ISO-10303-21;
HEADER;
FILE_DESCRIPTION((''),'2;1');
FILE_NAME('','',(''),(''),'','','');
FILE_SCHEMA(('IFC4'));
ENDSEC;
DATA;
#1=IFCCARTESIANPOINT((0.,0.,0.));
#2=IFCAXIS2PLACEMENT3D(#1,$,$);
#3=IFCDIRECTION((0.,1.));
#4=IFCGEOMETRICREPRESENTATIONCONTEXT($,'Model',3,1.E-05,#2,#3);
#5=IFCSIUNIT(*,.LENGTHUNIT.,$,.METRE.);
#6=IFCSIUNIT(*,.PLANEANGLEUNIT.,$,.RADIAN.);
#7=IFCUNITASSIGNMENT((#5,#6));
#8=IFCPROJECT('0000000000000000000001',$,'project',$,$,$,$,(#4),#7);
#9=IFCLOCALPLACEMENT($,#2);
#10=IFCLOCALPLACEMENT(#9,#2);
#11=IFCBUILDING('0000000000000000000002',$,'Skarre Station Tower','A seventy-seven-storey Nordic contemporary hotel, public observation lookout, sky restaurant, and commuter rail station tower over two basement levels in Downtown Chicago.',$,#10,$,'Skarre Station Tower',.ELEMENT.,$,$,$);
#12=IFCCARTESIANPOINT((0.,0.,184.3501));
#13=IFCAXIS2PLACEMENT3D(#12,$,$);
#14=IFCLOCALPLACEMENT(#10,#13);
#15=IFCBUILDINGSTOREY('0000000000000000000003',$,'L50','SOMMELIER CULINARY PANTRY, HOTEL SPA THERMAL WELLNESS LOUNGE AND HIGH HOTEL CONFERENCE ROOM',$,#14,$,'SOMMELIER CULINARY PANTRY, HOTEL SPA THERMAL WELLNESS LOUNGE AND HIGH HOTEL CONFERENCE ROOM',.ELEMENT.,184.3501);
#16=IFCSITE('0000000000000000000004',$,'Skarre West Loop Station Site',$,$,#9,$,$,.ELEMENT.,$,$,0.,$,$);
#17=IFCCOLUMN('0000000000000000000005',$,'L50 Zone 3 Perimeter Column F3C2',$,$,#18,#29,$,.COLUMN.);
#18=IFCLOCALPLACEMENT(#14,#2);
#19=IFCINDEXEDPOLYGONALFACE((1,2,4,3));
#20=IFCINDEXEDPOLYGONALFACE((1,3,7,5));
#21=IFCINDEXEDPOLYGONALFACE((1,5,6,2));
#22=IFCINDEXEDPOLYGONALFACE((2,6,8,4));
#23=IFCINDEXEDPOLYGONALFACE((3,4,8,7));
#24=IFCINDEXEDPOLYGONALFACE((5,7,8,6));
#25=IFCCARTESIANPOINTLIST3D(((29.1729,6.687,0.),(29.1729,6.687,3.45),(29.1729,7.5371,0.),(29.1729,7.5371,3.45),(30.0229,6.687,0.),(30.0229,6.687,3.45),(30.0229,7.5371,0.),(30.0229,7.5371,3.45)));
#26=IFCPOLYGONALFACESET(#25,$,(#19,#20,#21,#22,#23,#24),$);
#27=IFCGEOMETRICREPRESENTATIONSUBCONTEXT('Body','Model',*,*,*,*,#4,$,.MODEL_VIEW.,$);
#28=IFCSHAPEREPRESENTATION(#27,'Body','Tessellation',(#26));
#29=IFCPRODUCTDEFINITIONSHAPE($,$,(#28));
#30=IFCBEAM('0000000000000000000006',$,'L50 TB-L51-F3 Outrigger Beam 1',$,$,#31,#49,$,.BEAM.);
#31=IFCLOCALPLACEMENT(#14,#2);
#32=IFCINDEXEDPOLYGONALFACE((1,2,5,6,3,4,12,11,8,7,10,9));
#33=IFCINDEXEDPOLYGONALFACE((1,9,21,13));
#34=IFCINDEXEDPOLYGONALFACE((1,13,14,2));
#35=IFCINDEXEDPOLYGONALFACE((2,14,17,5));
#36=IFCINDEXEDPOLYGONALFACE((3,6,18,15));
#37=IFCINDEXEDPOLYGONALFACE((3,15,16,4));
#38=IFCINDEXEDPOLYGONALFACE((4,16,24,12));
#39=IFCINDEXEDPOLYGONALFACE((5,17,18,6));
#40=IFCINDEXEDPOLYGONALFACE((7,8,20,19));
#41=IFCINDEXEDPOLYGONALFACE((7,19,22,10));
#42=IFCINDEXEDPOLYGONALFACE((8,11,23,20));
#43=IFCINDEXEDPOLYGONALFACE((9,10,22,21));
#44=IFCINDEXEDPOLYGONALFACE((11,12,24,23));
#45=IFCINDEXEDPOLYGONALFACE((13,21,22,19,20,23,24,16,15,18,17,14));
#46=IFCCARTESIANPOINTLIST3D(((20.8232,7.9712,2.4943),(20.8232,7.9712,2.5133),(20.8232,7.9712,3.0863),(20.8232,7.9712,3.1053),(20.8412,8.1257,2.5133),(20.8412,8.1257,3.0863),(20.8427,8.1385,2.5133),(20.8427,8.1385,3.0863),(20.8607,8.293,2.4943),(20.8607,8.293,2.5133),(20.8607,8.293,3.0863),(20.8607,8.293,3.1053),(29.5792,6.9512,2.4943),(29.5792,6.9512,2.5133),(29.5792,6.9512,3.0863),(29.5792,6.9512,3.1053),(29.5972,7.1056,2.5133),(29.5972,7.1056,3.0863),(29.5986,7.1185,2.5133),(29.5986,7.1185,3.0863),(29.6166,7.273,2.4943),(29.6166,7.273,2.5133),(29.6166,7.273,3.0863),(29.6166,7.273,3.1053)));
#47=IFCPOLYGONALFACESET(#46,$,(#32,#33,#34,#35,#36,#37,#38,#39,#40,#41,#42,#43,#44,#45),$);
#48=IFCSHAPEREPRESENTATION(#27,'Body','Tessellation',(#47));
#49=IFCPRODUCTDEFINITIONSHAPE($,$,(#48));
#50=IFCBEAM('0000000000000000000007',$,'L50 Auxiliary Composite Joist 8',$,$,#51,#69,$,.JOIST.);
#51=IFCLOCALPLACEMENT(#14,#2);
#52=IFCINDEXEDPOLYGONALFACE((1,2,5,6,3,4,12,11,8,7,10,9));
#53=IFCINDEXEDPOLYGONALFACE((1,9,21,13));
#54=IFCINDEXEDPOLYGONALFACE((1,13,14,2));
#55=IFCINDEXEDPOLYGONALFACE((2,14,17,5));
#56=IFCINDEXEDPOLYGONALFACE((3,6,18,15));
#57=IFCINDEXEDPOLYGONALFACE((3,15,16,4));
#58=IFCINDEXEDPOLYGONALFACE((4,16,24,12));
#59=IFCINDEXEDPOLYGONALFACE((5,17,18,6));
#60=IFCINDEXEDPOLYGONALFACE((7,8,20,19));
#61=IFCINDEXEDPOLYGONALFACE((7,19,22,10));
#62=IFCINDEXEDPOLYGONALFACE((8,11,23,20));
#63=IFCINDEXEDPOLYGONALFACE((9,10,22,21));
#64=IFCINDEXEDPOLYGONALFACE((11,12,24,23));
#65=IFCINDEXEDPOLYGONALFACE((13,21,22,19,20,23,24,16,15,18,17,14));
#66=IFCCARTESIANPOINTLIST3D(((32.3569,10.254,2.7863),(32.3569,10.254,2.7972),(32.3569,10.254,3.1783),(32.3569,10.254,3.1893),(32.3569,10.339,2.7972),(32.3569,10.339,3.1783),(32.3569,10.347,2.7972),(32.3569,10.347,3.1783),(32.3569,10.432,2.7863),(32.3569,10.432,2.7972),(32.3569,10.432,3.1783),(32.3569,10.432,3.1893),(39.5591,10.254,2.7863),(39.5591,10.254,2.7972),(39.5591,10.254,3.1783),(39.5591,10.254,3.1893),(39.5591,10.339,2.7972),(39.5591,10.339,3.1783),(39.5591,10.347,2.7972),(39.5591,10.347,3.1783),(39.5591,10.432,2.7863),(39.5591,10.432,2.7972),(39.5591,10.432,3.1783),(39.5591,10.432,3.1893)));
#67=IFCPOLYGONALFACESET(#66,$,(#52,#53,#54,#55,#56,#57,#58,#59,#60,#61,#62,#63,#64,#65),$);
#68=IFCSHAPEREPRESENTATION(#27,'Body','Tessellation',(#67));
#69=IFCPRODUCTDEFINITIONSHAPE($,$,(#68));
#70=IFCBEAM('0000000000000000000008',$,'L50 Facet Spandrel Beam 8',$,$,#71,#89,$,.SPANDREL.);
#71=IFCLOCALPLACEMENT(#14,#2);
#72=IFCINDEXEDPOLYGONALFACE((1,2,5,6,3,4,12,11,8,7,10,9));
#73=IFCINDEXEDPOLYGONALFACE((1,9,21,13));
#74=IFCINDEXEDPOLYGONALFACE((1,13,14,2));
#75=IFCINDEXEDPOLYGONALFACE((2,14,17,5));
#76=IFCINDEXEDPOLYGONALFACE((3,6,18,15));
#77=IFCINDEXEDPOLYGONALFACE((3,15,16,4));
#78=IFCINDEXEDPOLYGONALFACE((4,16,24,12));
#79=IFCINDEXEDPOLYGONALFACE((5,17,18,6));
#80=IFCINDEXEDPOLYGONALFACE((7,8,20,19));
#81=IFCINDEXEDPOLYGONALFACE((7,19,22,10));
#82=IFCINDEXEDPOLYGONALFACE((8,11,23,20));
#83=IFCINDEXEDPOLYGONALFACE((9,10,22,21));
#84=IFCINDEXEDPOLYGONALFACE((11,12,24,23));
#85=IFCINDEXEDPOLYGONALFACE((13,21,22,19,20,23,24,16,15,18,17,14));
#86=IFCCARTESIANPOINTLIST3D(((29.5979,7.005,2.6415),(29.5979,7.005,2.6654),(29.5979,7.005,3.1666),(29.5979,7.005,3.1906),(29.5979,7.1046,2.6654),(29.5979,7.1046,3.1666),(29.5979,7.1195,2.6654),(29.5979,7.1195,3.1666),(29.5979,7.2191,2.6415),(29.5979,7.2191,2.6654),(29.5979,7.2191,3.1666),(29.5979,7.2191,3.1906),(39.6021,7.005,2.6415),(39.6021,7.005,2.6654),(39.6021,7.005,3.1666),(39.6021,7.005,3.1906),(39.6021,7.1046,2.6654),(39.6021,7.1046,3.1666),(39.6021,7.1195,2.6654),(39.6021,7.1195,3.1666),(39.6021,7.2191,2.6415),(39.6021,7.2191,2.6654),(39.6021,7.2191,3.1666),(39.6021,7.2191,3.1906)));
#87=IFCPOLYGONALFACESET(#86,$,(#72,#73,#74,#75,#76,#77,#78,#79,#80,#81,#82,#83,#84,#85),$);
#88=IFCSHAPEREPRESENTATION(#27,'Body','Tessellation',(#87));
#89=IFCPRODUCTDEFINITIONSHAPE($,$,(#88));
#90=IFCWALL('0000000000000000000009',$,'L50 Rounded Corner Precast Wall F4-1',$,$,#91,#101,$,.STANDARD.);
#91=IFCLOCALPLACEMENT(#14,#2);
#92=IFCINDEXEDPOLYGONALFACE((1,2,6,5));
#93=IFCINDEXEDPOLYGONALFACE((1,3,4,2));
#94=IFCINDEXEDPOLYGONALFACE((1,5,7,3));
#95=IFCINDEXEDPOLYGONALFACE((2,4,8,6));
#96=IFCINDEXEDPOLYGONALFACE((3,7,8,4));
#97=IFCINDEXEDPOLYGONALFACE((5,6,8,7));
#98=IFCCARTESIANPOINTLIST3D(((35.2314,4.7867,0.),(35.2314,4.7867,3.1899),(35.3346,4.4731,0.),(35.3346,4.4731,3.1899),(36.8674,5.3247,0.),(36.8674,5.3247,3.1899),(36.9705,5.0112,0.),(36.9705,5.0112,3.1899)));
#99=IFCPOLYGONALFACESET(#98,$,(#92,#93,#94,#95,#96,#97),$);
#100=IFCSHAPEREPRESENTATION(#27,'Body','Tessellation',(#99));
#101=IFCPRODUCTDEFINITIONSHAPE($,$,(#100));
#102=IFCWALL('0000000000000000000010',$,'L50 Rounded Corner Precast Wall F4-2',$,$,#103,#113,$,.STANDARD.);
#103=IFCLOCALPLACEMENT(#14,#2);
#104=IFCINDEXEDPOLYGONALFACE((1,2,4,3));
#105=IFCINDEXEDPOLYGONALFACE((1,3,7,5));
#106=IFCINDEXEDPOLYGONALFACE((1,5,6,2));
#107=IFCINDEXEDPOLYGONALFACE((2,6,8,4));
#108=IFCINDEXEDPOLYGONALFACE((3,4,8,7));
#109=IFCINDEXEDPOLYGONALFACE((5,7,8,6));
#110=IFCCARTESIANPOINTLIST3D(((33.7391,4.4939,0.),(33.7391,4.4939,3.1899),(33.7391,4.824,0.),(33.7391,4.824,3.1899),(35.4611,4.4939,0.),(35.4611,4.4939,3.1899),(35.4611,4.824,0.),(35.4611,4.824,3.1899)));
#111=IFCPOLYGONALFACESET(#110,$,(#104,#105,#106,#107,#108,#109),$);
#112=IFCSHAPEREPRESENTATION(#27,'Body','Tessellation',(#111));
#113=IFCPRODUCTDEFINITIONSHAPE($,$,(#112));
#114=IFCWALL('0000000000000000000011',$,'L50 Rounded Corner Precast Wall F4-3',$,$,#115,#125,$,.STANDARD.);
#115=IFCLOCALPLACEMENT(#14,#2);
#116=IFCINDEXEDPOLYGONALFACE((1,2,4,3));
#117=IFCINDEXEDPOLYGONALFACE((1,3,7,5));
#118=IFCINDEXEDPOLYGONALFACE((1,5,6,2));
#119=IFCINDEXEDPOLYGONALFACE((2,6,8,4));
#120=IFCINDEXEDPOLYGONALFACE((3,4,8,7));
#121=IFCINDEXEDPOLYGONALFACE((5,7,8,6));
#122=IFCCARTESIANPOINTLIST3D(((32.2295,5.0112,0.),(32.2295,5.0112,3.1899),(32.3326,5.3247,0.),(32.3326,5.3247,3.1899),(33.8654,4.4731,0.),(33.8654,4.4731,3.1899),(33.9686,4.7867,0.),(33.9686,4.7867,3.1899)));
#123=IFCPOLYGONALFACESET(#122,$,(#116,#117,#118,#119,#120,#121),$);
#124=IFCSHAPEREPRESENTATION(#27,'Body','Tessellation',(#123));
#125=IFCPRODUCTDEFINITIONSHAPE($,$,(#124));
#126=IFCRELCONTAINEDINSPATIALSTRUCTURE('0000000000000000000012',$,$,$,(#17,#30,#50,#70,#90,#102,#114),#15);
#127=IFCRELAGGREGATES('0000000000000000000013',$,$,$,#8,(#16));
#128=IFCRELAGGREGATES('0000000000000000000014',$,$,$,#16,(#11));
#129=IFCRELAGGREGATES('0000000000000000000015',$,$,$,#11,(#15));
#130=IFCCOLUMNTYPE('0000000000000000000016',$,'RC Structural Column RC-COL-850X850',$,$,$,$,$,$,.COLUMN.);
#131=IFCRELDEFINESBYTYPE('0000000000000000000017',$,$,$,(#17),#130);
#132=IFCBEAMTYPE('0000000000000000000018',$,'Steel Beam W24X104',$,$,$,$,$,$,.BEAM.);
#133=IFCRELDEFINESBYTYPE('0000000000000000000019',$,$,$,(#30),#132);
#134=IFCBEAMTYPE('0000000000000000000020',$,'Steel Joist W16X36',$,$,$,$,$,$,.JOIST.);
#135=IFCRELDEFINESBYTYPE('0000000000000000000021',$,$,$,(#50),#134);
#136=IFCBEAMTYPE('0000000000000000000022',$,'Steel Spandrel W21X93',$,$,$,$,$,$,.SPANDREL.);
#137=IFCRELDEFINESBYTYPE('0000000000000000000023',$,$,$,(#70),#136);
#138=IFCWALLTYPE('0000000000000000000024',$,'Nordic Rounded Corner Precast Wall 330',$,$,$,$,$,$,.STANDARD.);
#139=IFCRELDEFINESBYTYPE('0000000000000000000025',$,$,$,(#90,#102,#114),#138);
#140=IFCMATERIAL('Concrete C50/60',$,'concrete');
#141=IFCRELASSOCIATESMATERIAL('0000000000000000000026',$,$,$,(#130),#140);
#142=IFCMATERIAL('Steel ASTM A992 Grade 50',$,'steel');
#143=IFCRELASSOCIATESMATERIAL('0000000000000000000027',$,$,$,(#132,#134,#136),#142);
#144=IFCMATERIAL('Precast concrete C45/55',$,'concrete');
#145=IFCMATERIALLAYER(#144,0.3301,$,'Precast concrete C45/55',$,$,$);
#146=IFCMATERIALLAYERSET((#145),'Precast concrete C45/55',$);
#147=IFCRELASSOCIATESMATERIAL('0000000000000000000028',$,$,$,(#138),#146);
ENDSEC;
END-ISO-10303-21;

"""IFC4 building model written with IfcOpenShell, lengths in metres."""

from ifc_helpers import new_model, si_unit, direction, frame, frame_2d, origin, origin_2d, place, context, subcontext, project, spatial, rectangle, i_section, extrude, material, layer, layer_set, material_profile, profile_set, type_object, element, save


model = new_model("IFC4")

# Units and contexts
model_context = context("Model", 3, precision=1e-05, world=origin(), true_north=direction((0.0, 1.0)))
body_context = subcontext(model_context, "Body", "Model", "MODEL_VIEW")
ifc_project = project(units=[si_unit("LENGTHUNIT", "METRE"), si_unit("PLANEANGLEUNIT", "RADIAN")], contexts=[model_context])

# Site, building, storey
site_placement = place(None, origin())
site = spatial("IfcSite", under=ifc_project, at=site_placement, Name="Skarre West Loop Station Site", CompositionType="ELEMENT", RefElevation=0.0)
building_placement = place(site_placement, origin())
building = spatial("IfcBuilding", under=site, at=building_placement, Name="Skarre Station Tower", Description="A seventy-seven-storey Nordic contemporary hotel, public observation lookout, sky restaurant, and commuter rail station tower over two basement levels in Downtown Chicago.", LongName="Skarre Station Tower", CompositionType="ELEMENT")
storey_placement = place(building_placement, frame((0.0, 0.0, 184.3501)))
storey = spatial("IfcBuildingStorey", under=building, at=storey_placement, Name="L50", Description="SOMMELIER CULINARY PANTRY, HOTEL SPA THERMAL WELLNESS LOUNGE AND HIGH HOTEL CONFERENCE ROOM", LongName="SOMMELIER CULINARY PANTRY, HOTEL SPA THERMAL WELLNESS LOUNGE AND HIGH HOTEL CONFERENCE ROOM", CompositionType="ELEMENT", Elevation=184.3501)

# Column
ifc_material_1 = material(Name="Concrete C50/60", Category="concrete")
ifc_material_profile_1 = material_profile(ifc_material_1, rectangle(XDim=0.8501, YDim=0.8501, at=origin_2d()), Name="Concrete C50/60")
ifc_profile_set_1 = profile_set([ifc_material_profile_1], Name="Concrete C50/60")
column_type = type_object("IfcColumnType", Name="RC Structural Column RC-COL-850X850", PredefinedType="COLUMN", material=ifc_profile_set_1)
column_placement = place(storey_placement, frame((29.5979, 7.1121, 0.0), z_axis=(0.0, 0.0, 1.0), x_axis=(1.0, 0.0, 0.0)))
element("IfcColumn", 1, at=column_placement, inside=storey, type_object=column_type, Name="L50 Zone 3 Perimeter Column F3C2", PredefinedType="COLUMN", context=body_context, shape_type="SweptSolid", body=[
    extrude(rectangle(XDim=0.8501, YDim=0.8501, at=origin_2d()), origin(), (0.0, 0.0, 1.0), 3.45),
])

# Beams
ifc_material_2 = material(Name="Steel ASTM A992 Grade 50", Category="steel")
ifc_material_profile_2 = material_profile(ifc_material_2, i_section(OverallWidth=0.324, OverallDepth=0.6111, WebThickness=0.0129, FlangeThickness=0.019, at=origin_2d()), Name="Steel ASTM A992 Grade 50")
ifc_profile_set_2 = profile_set([ifc_material_profile_2], Name="Steel ASTM A992 Grade 50")
beam_type_1 = type_object("IfcBeamType", Name="Steel Beam W24X104", PredefinedType="BEAM", material=ifc_profile_set_2)
beam_1_placement = place(storey_placement, frame((29.5979, 7.1121, 2.7998), z_axis=(-0.993283, 0.115713, 0.0), x_axis=(-0.115713, -0.993283, 0.0)))
element("IfcBeam", 2, at=beam_1_placement, inside=storey, type_object=beam_type_1, Name="L50 TB-L51-F3 Outrigger Beam 1", PredefinedType="BEAM", context=body_context, shape_type="SweptSolid", body=[
    extrude(i_section(OverallWidth=0.324, OverallDepth=0.6111, WebThickness=0.0129, FlangeThickness=0.019, at=origin_2d()), origin(), (0.0, 0.0, 1.0), 8.8152),
])
ifc_material_profile_3 = material_profile(ifc_material_2, i_section(OverallWidth=0.178, OverallDepth=0.4031, WebThickness=0.0081, FlangeThickness=0.011, at=origin_2d()), Name="Steel ASTM A992 Grade 50")
ifc_profile_set_3 = profile_set([ifc_material_profile_3], Name="Steel ASTM A992 Grade 50")
beam_type_2 = type_object("IfcBeamType", Name="Steel Joist W16X36", PredefinedType="JOIST", material=ifc_profile_set_3)
beam_2_placement = place(storey_placement, frame((32.3569, 10.343, 2.9878), z_axis=(1.0, 0.0, 0.0), x_axis=(0.0, 1.0, 0.0)))
element("IfcBeam", 3, at=beam_2_placement, inside=storey, type_object=beam_type_2, Name="L50 Auxiliary Composite Joist 8", PredefinedType="JOIST", context=body_context, shape_type="SweptSolid", body=[
    extrude(i_section(OverallWidth=0.178, OverallDepth=0.4031, WebThickness=0.0081, FlangeThickness=0.011, at=origin_2d()), origin(), (0.0, 0.0, 1.0), 7.2021),
])
ifc_material_profile_4 = material_profile(ifc_material_2, i_section(OverallWidth=0.2141, OverallDepth=0.5491, WebThickness=0.0149, FlangeThickness=0.0239, at=origin_2d()), Name="Steel ASTM A992 Grade 50")
ifc_profile_set_4 = profile_set([ifc_material_profile_4], Name="Steel ASTM A992 Grade 50")
beam_type_3 = type_object("IfcBeamType", Name="Steel Spandrel W21X93", PredefinedType="SPANDREL", material=ifc_profile_set_4)
beam_3_placement = place(storey_placement, frame((29.5979, 7.1121, 2.916), z_axis=(1.0, 0.0, 0.0), x_axis=(0.0, 1.0, 0.0)))
element("IfcBeam", 4, at=beam_3_placement, inside=storey, type_object=beam_type_3, Name="L50 Facet Spandrel Beam 8", PredefinedType="SPANDREL", context=body_context, shape_type="SweptSolid", body=[
    extrude(i_section(OverallWidth=0.2141, OverallDepth=0.5491, WebThickness=0.0149, FlangeThickness=0.0239, at=origin_2d()), origin(), (0.0, 0.0, 1.0), 10.0042),
])

# Walls
ifc_material_3 = material(Name="Precast concrete C45/55", Category="concrete")
ifc_layer_1 = layer(ifc_material_3, 0.3301, Name="Precast concrete C45/55")
ifc_layer_set_1 = layer_set([ifc_layer_1], Name="Precast concrete C45/55")
wall_type_1 = type_object("IfcWallType", Name="Nordic Rounded Corner Precast Wall 330", PredefinedType="STANDARD", material=ifc_layer_set_1)
wall_1_placement = place(storey_placement, frame((36.9189, 5.168, 0.0), z_axis=(0.0, 0.0, 1.0), x_axis=(-0.949937, -0.31244, 0.0)))
element("IfcWall", 5, at=wall_1_placement, inside=storey, type_object=wall_type_1, Name="L50 Rounded Corner Precast Wall F4-1", PredefinedType="STANDARD", context=body_context, shape_type="SweptSolid", body=[
    extrude(rectangle(XDim=1.7222, YDim=0.3301, at=frame_2d((0.8611, 0.0))), origin(), (0.0, 0.0, 1.0), 3.1899),
])
wall_2_placement = place(storey_placement, frame((35.4609, 4.6589, 0.0), z_axis=(0.0, 0.0, 1.0), x_axis=(-1.0, 0.0, 0.0)))
element("IfcWall", 6, at=wall_2_placement, inside=storey, type_object=wall_type_1, Name="L50 Rounded Corner Precast Wall F4-2", PredefinedType="STANDARD", context=body_context, shape_type="SweptSolid", body=[
    extrude(rectangle(XDim=1.7219, YDim=0.3301, at=frame_2d((0.8608, 0.0))), origin(), (0.0, 0.0, 1.0), 3.1899),
])
wall_3_placement = place(storey_placement, frame((33.917, 4.6299, 0.0), z_axis=(0.0, 0.0, 1.0), x_axis=(-0.949937, 0.31244, 0.0)))
element("IfcWall", 7, at=wall_3_placement, inside=storey, type_object=wall_type_1, Name="L50 Rounded Corner Precast Wall F4-3", PredefinedType="STANDARD", context=body_context, shape_type="SweptSolid", body=[
    extrude(rectangle(XDim=1.7222, YDim=0.3301, at=frame_2d((0.8611, 0.0))), origin(), (0.0, 0.0, 1.0), 3.1899),
])

save(model, "model.ifc")
